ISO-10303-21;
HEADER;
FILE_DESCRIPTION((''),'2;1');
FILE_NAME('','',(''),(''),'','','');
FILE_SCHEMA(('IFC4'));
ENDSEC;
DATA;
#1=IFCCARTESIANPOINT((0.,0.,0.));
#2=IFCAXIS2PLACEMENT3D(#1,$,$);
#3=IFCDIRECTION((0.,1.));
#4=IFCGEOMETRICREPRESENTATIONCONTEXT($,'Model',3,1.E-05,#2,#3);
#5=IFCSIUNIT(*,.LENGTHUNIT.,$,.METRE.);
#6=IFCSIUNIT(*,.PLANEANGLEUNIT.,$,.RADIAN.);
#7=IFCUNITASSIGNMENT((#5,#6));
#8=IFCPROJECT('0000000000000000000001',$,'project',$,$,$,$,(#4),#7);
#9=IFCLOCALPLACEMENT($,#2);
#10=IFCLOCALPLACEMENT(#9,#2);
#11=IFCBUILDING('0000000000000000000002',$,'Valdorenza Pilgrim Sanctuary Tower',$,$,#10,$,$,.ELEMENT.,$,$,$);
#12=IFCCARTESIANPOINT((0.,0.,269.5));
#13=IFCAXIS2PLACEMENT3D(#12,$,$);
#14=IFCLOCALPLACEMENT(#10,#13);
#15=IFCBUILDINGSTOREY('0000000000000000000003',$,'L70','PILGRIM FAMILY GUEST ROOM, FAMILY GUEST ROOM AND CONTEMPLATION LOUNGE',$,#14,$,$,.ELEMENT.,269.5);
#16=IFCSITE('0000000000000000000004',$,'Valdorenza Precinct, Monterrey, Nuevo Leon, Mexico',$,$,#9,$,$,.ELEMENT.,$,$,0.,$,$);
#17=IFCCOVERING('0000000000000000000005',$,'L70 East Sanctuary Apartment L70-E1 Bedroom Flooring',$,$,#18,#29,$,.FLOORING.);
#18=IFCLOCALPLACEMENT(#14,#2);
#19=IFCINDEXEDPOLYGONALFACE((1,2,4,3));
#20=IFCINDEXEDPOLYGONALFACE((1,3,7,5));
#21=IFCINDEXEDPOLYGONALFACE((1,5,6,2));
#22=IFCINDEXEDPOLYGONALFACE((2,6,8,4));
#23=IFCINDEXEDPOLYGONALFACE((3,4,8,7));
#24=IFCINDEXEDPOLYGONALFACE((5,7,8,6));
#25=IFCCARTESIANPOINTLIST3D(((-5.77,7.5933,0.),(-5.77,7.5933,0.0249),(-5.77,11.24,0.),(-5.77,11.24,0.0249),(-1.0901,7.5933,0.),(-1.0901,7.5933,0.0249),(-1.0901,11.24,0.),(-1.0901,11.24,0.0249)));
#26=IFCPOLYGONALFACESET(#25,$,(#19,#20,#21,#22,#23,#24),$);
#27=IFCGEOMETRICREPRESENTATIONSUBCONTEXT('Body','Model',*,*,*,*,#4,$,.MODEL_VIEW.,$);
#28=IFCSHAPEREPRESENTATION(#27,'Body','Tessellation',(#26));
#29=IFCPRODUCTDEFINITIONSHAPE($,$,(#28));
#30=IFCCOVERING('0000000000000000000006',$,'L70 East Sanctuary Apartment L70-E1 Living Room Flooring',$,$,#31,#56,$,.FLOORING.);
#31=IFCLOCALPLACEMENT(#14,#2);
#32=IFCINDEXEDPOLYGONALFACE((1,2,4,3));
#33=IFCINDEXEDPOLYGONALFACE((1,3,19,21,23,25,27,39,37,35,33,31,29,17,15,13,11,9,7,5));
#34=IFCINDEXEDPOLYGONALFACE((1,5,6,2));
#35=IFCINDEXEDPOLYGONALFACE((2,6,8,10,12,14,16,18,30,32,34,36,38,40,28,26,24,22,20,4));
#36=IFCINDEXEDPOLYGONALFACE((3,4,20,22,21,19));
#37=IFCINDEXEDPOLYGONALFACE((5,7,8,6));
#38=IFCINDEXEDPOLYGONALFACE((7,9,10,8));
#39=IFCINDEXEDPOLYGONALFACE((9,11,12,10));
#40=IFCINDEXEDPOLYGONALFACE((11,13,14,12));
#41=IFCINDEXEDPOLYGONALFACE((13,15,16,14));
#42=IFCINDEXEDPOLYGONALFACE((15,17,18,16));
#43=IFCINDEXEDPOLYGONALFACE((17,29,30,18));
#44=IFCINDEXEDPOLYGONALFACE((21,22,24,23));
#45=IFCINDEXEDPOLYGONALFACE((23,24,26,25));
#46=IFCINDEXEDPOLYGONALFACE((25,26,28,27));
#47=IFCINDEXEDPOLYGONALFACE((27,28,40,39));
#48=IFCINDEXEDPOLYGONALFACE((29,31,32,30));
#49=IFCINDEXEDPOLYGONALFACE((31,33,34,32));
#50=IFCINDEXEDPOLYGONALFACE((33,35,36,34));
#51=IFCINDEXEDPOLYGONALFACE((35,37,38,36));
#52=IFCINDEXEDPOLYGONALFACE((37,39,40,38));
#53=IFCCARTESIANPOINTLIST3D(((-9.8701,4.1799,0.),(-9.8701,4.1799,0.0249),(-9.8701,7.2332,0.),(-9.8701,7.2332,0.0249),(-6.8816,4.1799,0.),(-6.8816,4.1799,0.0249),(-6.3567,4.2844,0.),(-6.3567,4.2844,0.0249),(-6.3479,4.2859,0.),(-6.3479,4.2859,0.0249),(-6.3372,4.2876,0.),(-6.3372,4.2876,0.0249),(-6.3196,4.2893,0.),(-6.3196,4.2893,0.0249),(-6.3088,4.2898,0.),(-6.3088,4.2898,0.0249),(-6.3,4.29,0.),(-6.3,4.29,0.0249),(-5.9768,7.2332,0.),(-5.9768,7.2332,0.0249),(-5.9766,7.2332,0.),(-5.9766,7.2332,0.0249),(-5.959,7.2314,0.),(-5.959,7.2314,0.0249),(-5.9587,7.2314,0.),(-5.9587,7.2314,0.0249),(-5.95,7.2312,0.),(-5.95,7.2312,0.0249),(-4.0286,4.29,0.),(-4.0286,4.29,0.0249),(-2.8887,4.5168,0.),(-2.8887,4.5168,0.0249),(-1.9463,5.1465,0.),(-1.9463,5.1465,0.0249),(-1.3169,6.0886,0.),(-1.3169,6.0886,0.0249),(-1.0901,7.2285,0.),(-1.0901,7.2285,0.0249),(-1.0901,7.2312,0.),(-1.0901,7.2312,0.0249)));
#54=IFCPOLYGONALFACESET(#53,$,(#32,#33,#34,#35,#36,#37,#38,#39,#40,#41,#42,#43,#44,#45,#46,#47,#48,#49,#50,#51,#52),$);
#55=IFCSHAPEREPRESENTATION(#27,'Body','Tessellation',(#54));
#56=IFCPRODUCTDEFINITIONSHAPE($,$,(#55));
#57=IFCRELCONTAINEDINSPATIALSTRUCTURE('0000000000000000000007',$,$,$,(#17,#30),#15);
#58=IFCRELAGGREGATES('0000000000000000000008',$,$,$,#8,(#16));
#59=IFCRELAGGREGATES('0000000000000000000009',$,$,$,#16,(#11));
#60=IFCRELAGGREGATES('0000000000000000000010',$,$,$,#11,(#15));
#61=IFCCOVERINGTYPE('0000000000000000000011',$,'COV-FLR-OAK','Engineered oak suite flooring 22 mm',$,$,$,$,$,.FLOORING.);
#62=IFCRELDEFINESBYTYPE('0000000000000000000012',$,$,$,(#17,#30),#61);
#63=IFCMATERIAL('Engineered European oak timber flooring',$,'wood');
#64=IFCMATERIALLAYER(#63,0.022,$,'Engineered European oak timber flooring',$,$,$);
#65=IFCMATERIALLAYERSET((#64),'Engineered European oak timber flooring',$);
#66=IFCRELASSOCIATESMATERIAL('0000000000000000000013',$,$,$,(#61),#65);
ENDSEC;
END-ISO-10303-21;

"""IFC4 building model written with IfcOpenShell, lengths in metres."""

from ifc_helpers import new_model, si_unit, direction, frame, origin, place, context, subcontext, project, spatial, polyline, outline, extrude, material, layer, layer_set, type_object, element, save


model = new_model("IFC4")

# Units and contexts
model_context = context("Model", 3, precision=1e-05, world=origin(), true_north=direction((0.0, 1.0)))
body_context = subcontext(model_context, "Body", "Model", "MODEL_VIEW")
ifc_project = project(units=[si_unit("LENGTHUNIT", "METRE"), si_unit("PLANEANGLEUNIT", "RADIAN")], contexts=[model_context])

# Site, building, storey
site_placement = place(None, origin())
site = spatial("IfcSite", under=ifc_project, at=site_placement, Name="Valdorenza Precinct, Monterrey, Nuevo Leon, Mexico", CompositionType="ELEMENT", RefElevation=0.0)
building_placement = place(site_placement, origin())
building = spatial("IfcBuilding", under=site, at=building_placement, Name="Valdorenza Pilgrim Sanctuary Tower", CompositionType="ELEMENT")
storey_placement = place(building_placement, frame((0.0, 0.0, 269.5)))
storey = spatial("IfcBuildingStorey", under=building, at=storey_placement, Name="L70", Description="PILGRIM FAMILY GUEST ROOM, FAMILY GUEST ROOM AND CONTEMPLATION LOUNGE", CompositionType="ELEMENT", Elevation=269.5)

# Coverings
ifc_material_1 = material(Name="Engineered European oak timber flooring", Category="wood")
ifc_layer_1 = layer(ifc_material_1, 0.022, Name="Engineered European oak timber flooring")
ifc_layer_set_1 = layer_set([ifc_layer_1], Name="Engineered European oak timber flooring")
covering_type_1 = type_object("IfcCoveringType", Name="COV-FLR-OAK", Description="Engineered oak suite flooring 22 mm", PredefinedType="FLOORING", material=ifc_layer_set_1)
covering_1_placement = place(storey_placement, origin())
element("IfcCovering", 1, at=covering_1_placement, inside=storey, type_object=covering_type_1, Name="L70 East Sanctuary Apartment L70-E1 Bedroom Flooring", PredefinedType="FLOORING", context=body_context, shape_type="SweptSolid", body=[
    extrude(outline(polyline([(-5.77, 11.24), (-1.0901, 11.24), (-1.0901, 7.5933), (-5.77, 7.5933), (-5.77, 11.24)])), origin(), (0.0, 0.0, 1.0), 0.0249),
])
covering_2_placement = place(storey_placement, origin())
element("IfcCovering", 2, at=covering_2_placement, inside=storey, type_object=covering_type_1, Name="L70 East Sanctuary Apartment L70-E1 Living Room Flooring", PredefinedType="FLOORING", context=body_context, shape_type="SweptSolid", body=[
    extrude(outline(polyline([(-9.8701, 7.2332), (-5.9768, 7.2332), (-5.9768, 7.2332), (-5.9766, 7.2332), (-5.959, 7.2314), (-5.9587, 7.2314), (-5.95, 7.2312), (-1.0901, 7.2312), (-1.0901, 7.2285), (-1.3169, 6.0886), (-1.9463, 5.1465), (-2.8887, 4.5168), (-4.0286, 4.29), (-6.3, 4.29), (-6.3088, 4.2898), (-6.3196, 4.2893), (-6.3372, 4.2876), (-6.3479, 4.2859), (-6.3567, 4.2844), (-6.8816, 4.1799), (-9.8701, 4.1799), (-9.8701, 7.2332)])), origin(), (0.0, 0.0, 1.0), 0.0249),
])

save(model, "model.ifc")
